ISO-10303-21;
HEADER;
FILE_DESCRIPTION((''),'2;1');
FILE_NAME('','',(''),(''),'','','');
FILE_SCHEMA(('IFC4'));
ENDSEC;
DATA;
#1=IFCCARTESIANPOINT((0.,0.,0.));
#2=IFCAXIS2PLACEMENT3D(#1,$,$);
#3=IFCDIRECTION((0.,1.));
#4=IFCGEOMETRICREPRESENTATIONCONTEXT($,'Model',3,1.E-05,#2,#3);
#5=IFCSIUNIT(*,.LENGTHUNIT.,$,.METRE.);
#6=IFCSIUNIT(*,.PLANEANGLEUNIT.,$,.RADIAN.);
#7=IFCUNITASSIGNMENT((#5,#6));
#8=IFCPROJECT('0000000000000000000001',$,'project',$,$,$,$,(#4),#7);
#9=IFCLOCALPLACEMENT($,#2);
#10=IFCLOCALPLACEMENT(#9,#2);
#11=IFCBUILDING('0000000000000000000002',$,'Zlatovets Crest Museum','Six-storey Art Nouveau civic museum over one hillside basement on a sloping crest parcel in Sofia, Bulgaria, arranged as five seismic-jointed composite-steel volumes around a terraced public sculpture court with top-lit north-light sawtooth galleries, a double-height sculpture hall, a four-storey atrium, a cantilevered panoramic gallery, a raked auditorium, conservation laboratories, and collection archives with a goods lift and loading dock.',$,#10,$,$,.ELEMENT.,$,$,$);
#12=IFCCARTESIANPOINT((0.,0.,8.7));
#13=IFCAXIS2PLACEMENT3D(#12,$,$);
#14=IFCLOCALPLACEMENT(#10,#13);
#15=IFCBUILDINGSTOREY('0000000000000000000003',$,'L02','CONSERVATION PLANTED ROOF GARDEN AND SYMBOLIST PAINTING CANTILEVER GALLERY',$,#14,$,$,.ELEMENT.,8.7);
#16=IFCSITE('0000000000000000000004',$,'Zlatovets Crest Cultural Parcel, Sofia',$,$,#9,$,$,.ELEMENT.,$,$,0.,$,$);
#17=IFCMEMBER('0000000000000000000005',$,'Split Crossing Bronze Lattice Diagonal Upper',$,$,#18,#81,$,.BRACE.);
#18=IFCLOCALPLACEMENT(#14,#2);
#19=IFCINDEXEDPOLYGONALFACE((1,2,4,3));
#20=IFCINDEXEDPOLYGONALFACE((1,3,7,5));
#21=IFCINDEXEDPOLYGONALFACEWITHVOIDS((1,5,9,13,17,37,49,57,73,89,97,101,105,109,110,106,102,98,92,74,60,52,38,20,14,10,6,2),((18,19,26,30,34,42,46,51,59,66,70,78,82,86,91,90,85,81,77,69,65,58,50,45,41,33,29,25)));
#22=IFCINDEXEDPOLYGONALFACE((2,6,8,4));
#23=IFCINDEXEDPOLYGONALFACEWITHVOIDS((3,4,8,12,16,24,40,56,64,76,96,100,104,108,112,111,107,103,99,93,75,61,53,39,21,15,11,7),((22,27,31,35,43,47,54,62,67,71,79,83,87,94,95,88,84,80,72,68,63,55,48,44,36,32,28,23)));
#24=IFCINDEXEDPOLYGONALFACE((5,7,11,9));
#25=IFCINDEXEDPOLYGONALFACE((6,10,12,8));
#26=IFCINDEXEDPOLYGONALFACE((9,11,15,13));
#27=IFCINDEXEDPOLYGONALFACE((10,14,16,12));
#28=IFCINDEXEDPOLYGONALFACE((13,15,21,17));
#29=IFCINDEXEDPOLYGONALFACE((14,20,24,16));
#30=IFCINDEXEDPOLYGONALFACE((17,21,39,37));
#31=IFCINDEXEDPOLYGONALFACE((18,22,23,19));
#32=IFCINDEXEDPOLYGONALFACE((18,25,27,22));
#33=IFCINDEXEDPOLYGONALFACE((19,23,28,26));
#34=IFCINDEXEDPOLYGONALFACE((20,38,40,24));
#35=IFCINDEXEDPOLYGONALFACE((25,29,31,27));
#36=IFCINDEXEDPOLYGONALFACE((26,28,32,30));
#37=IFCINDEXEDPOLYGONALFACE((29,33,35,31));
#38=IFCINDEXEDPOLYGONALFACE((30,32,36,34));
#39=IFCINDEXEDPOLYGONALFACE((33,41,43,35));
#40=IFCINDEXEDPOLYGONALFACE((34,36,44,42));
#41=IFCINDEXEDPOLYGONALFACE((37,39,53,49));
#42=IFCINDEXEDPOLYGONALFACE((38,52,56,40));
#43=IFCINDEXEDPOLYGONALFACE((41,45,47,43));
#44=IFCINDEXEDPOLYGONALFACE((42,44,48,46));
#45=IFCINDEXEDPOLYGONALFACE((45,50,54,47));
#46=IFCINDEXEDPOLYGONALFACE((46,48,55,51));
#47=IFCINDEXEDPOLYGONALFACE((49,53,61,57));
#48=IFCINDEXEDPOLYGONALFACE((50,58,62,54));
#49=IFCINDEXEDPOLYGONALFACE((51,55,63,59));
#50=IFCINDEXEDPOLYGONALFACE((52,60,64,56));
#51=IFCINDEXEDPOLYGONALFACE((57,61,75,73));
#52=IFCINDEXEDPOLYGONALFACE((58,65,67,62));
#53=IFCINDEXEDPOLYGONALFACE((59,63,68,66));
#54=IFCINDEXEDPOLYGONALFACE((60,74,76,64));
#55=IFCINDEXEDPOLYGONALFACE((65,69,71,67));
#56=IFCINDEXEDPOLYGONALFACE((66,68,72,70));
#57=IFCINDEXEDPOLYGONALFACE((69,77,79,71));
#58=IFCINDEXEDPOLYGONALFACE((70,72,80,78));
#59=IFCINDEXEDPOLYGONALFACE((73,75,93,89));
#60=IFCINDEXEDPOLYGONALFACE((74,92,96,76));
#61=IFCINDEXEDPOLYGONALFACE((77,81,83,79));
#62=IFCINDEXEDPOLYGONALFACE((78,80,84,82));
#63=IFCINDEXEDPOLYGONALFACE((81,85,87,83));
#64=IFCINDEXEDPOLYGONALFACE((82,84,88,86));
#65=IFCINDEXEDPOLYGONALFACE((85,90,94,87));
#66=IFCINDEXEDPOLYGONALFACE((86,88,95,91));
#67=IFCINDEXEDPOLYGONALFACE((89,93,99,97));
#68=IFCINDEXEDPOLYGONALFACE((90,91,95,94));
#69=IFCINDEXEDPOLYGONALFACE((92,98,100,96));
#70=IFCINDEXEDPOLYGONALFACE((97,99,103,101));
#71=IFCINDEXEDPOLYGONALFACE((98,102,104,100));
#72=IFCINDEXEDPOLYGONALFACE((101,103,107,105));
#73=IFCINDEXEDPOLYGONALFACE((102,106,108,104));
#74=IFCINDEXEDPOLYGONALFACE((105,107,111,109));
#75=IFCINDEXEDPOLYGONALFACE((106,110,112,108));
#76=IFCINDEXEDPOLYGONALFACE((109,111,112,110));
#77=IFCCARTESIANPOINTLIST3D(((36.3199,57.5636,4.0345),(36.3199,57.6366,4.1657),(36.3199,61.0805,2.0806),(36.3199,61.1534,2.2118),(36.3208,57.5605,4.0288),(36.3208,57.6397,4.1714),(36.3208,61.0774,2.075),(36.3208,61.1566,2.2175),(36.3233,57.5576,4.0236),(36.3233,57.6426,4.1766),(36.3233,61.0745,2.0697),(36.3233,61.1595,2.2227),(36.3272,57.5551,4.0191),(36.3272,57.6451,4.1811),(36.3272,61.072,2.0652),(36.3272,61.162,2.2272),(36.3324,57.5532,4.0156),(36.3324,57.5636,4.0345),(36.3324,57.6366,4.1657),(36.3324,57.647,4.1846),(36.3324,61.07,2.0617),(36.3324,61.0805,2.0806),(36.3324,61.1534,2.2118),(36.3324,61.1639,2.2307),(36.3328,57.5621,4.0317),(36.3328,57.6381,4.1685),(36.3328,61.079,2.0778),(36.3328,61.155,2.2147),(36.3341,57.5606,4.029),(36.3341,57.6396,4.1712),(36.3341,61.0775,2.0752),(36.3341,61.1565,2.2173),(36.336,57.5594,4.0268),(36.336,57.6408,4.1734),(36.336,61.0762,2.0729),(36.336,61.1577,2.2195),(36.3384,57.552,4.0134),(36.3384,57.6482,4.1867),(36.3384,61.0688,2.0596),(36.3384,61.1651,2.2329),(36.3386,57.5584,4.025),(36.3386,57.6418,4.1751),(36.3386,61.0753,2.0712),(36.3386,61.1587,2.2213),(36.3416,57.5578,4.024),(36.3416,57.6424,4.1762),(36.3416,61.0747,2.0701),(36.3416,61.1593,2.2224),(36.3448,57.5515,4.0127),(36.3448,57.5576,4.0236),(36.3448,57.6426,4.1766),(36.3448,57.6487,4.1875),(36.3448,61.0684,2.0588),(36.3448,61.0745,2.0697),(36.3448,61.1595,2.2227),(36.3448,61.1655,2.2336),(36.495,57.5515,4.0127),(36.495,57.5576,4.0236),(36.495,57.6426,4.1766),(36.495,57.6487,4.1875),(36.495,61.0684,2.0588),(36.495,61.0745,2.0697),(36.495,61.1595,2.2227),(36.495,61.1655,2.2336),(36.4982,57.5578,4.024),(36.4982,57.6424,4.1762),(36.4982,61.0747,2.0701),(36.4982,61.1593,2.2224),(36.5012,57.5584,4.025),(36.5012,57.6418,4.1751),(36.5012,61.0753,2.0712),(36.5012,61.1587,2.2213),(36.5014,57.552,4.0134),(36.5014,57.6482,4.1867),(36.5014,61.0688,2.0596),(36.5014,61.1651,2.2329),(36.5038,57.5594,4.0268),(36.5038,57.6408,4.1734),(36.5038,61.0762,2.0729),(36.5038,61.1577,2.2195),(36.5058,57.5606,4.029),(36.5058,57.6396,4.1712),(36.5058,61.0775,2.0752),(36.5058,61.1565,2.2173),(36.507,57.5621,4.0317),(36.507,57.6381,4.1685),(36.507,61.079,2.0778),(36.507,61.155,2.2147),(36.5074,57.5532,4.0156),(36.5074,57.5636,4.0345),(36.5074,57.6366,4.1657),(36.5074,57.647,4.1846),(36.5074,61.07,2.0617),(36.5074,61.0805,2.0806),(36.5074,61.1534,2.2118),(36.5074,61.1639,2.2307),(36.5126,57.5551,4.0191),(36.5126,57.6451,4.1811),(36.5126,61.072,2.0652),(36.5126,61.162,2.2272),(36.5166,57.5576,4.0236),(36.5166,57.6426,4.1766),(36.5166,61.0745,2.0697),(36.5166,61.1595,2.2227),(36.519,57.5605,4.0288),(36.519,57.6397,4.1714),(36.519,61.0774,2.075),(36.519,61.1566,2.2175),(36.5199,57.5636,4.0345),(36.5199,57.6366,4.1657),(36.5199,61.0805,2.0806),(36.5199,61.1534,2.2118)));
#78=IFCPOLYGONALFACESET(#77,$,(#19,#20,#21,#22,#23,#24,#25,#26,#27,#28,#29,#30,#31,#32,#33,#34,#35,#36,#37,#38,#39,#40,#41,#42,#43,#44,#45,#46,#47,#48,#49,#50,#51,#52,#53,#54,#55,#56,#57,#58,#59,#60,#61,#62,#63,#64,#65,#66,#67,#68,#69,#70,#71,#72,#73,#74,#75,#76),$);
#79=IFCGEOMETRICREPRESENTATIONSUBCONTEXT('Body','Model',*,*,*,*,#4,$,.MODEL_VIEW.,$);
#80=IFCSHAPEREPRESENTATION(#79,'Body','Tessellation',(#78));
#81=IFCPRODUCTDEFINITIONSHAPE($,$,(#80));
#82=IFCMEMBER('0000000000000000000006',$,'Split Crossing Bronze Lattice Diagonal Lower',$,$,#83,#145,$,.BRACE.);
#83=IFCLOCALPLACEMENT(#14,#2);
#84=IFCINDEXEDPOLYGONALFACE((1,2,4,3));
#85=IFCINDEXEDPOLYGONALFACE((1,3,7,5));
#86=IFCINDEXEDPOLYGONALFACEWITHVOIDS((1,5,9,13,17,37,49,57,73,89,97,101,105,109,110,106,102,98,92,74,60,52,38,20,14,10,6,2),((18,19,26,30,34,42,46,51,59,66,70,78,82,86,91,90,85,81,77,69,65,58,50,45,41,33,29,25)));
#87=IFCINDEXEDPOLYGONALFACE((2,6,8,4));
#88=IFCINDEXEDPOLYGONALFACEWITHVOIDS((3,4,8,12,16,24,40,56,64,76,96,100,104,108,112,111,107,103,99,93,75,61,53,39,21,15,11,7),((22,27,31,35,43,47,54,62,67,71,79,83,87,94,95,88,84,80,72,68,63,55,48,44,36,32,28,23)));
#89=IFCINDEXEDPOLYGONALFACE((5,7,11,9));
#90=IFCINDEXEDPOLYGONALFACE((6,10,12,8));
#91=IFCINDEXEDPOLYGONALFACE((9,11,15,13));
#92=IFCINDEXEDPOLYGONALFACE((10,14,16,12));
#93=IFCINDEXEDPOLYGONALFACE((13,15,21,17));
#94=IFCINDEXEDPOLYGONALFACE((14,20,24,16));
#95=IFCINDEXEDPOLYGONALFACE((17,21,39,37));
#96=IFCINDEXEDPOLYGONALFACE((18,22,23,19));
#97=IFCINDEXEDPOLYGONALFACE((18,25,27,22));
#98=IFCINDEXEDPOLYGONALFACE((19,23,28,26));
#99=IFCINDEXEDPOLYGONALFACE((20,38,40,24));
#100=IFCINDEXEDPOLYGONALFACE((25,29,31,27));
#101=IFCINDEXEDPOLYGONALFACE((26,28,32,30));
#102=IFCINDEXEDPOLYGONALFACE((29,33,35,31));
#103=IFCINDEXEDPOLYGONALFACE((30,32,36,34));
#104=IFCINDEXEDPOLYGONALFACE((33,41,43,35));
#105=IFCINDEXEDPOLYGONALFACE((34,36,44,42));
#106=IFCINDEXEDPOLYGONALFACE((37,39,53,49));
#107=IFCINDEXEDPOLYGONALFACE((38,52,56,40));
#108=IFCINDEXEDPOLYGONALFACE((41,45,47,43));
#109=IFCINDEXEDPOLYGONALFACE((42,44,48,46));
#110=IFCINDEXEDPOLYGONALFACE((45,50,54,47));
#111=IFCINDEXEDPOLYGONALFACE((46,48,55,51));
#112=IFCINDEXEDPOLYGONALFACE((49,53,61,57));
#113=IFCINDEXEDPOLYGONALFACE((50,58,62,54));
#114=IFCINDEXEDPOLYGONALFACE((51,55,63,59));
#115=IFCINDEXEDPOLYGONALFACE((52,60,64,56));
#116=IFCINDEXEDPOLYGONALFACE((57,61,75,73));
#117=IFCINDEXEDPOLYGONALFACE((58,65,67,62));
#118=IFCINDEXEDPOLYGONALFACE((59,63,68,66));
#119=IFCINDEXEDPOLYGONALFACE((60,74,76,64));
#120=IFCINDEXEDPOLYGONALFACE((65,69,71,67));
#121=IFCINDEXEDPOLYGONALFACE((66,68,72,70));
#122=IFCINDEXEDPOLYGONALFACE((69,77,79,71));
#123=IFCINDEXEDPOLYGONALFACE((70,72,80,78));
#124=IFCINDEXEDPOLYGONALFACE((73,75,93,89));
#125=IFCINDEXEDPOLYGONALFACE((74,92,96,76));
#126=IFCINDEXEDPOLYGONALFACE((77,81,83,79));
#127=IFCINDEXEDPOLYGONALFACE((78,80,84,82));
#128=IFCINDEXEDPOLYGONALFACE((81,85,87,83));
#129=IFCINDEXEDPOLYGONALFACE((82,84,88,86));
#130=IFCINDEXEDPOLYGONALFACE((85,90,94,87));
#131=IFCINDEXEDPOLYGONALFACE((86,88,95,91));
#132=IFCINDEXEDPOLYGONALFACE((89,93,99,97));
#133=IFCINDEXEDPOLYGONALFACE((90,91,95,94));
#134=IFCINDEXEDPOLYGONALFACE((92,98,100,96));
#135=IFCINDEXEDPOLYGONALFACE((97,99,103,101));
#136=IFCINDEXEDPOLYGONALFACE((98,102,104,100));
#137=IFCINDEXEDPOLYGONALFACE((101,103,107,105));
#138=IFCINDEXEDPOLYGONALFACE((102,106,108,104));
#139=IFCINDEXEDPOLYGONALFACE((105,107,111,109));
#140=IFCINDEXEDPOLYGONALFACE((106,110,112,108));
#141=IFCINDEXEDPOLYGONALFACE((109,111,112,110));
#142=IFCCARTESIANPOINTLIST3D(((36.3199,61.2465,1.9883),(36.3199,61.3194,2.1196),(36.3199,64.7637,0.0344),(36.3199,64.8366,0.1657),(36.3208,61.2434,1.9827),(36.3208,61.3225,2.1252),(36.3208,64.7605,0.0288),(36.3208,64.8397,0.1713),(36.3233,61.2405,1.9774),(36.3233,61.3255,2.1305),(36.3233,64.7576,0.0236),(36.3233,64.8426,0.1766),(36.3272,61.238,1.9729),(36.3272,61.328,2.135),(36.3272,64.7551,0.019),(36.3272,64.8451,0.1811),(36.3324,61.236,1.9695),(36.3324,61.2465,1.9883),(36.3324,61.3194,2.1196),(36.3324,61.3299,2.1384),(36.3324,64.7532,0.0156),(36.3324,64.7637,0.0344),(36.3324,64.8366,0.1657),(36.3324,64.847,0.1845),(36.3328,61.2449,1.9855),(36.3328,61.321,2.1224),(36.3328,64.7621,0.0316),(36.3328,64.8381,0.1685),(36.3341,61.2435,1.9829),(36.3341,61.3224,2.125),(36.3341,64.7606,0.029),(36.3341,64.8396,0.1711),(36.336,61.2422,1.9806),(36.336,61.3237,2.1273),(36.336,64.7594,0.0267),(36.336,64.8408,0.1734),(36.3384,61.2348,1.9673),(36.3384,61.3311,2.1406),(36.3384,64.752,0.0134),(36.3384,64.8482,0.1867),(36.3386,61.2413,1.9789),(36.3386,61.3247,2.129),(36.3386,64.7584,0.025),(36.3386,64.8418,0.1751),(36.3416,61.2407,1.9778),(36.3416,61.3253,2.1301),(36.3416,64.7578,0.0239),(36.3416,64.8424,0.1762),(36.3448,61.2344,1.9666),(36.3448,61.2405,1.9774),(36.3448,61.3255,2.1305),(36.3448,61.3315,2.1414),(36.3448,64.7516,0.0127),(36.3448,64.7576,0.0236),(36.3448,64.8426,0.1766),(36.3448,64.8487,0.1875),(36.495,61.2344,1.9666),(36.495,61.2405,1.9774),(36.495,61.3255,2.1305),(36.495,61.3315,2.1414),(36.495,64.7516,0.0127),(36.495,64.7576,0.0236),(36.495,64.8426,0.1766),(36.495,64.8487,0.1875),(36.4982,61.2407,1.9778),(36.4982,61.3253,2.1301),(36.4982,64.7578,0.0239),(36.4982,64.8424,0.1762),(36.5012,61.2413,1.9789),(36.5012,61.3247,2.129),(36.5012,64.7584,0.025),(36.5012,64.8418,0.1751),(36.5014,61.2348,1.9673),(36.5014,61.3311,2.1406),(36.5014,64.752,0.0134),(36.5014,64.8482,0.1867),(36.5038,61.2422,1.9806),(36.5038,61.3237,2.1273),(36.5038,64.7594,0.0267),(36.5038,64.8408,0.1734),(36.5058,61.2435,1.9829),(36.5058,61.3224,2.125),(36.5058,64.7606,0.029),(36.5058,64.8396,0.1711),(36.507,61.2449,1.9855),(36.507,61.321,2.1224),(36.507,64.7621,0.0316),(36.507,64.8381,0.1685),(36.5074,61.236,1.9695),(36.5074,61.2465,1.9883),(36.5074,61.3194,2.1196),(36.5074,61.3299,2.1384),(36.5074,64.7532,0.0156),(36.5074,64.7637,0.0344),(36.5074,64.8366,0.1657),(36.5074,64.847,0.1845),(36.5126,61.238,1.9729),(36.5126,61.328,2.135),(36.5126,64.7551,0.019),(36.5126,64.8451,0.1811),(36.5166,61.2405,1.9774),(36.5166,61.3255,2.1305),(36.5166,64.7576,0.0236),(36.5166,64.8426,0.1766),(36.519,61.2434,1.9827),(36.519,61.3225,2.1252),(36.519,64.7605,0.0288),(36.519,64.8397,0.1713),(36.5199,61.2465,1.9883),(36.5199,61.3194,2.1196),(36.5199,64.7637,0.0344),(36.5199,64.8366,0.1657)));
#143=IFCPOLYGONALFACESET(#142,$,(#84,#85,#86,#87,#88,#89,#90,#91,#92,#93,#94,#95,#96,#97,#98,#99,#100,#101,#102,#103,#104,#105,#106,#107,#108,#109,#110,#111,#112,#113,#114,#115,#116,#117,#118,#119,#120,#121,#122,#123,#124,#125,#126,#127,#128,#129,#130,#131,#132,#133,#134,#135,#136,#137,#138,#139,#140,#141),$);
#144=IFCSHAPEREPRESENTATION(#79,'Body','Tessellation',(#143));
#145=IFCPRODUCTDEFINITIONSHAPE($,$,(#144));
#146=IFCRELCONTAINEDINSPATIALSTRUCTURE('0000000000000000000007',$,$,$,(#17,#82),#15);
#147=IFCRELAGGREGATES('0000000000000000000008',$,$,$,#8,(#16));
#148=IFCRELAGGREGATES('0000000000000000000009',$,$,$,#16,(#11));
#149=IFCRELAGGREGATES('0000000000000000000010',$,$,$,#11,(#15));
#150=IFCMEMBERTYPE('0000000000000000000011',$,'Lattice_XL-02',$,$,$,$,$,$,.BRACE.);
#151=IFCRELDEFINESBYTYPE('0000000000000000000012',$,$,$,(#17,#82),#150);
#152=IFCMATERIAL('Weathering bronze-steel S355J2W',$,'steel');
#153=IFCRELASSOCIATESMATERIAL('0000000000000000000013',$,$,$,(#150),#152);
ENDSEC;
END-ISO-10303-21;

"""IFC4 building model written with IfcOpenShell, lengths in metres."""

from ifc_helpers import new_model, si_unit, direction, frame, origin, origin_2d, place, context, subcontext, project, spatial, hollow_rectangle, extrude, material, material_profile, profile_set, type_object, element, save


model = new_model("IFC4")

# Units and contexts
model_context = context("Model", 3, precision=1e-05, world=origin(), true_north=direction((0.0, 1.0)))
body_context = subcontext(model_context, "Body", "Model", "MODEL_VIEW")
ifc_project = project(units=[si_unit("LENGTHUNIT", "METRE"), si_unit("PLANEANGLEUNIT", "RADIAN")], contexts=[model_context])

# Site, building, storey
site_placement = place(None, origin())
site = spatial("IfcSite", under=ifc_project, at=site_placement, Name="Zlatovets Crest Cultural Parcel, Sofia", CompositionType="ELEMENT", RefElevation=0.0)
building_placement = place(site_placement, origin())
building = spatial("IfcBuilding", under=site, at=building_placement, Name="Zlatovets Crest Museum", Description="Six-storey Art Nouveau civic museum over one hillside basement on a sloping crest parcel in Sofia, Bulgaria, arranged as five seismic-jointed composite-steel volumes around a terraced public sculpture court with top-lit north-light sawtooth galleries, a double-height sculpture hall, a four-storey atrium, a cantilevered panoramic gallery, a raked auditorium, conservation laboratories, and collection archives with a goods lift and loading dock.", CompositionType="ELEMENT")
storey_placement = place(building_placement, frame((0.0, 0.0, 8.7)))
storey = spatial("IfcBuildingStorey", under=building, at=storey_placement, Name="L02", Description="CONSERVATION PLANTED ROOF GARDEN AND SYMBOLIST PAINTING CANTILEVER GALLERY", CompositionType="ELEMENT", Elevation=8.7)

# Members
ifc_material_1 = material(Name="Weathering bronze-steel S355J2W", Category="steel")
ifc_material_profile_1 = material_profile(ifc_material_1, hollow_rectangle(XDim=0.2, YDim=0.2, WallThickness=0.0125, InnerFilletRadius=0.0125, OuterFilletRadius=0.0249, at=origin_2d()), Name="SHS 200x200x12.5")
ifc_profile_set_1 = profile_set([ifc_material_profile_1], Name="Weathering bronze-steel S355J2W")
member_type_1 = type_object("IfcMemberType", Name="Lattice_XL-02", PredefinedType="BRACE", material=ifc_profile_set_1)
member_1_placement = place(storey_placement, frame((36.4199, 57.6001, 4.1001), z_axis=(0.0, 0.874152, -0.485653), x_axis=(-1.0, 0.0, 0.0)))
element("IfcMember", 1, at=member_1_placement, inside=storey, type_object=member_type_1, Name="Split Crossing Bronze Lattice Diagonal Upper", PredefinedType="BRACE", context=body_context, shape_type="SweptSolid", body=[
    extrude(hollow_rectangle(XDim=0.2, YDim=0.2, WallThickness=0.0125, InnerFilletRadius=0.0125, OuterFilletRadius=0.0249, at=origin_2d()), origin(), (0.0, 0.0, 1.0), 4.0232),
])
member_2_placement = place(storey_placement, frame((36.4199, 61.283, 2.054), z_axis=(0.0, 0.874166, -0.485627), x_axis=(-1.0, 0.0, 0.0)))
element("IfcMember", 2, at=member_2_placement, inside=storey, type_object=member_type_1, Name="Split Crossing Bronze Lattice Diagonal Lower", PredefinedType="BRACE", context=body_context, shape_type="SweptSolid", body=[
    extrude(hollow_rectangle(XDim=0.2, YDim=0.2, WallThickness=0.0125, InnerFilletRadius=0.0125, OuterFilletRadius=0.0249, at=origin_2d()), origin(), (0.0, 0.0, 1.0), 4.0234),
])

save(model, "model.ifc")
